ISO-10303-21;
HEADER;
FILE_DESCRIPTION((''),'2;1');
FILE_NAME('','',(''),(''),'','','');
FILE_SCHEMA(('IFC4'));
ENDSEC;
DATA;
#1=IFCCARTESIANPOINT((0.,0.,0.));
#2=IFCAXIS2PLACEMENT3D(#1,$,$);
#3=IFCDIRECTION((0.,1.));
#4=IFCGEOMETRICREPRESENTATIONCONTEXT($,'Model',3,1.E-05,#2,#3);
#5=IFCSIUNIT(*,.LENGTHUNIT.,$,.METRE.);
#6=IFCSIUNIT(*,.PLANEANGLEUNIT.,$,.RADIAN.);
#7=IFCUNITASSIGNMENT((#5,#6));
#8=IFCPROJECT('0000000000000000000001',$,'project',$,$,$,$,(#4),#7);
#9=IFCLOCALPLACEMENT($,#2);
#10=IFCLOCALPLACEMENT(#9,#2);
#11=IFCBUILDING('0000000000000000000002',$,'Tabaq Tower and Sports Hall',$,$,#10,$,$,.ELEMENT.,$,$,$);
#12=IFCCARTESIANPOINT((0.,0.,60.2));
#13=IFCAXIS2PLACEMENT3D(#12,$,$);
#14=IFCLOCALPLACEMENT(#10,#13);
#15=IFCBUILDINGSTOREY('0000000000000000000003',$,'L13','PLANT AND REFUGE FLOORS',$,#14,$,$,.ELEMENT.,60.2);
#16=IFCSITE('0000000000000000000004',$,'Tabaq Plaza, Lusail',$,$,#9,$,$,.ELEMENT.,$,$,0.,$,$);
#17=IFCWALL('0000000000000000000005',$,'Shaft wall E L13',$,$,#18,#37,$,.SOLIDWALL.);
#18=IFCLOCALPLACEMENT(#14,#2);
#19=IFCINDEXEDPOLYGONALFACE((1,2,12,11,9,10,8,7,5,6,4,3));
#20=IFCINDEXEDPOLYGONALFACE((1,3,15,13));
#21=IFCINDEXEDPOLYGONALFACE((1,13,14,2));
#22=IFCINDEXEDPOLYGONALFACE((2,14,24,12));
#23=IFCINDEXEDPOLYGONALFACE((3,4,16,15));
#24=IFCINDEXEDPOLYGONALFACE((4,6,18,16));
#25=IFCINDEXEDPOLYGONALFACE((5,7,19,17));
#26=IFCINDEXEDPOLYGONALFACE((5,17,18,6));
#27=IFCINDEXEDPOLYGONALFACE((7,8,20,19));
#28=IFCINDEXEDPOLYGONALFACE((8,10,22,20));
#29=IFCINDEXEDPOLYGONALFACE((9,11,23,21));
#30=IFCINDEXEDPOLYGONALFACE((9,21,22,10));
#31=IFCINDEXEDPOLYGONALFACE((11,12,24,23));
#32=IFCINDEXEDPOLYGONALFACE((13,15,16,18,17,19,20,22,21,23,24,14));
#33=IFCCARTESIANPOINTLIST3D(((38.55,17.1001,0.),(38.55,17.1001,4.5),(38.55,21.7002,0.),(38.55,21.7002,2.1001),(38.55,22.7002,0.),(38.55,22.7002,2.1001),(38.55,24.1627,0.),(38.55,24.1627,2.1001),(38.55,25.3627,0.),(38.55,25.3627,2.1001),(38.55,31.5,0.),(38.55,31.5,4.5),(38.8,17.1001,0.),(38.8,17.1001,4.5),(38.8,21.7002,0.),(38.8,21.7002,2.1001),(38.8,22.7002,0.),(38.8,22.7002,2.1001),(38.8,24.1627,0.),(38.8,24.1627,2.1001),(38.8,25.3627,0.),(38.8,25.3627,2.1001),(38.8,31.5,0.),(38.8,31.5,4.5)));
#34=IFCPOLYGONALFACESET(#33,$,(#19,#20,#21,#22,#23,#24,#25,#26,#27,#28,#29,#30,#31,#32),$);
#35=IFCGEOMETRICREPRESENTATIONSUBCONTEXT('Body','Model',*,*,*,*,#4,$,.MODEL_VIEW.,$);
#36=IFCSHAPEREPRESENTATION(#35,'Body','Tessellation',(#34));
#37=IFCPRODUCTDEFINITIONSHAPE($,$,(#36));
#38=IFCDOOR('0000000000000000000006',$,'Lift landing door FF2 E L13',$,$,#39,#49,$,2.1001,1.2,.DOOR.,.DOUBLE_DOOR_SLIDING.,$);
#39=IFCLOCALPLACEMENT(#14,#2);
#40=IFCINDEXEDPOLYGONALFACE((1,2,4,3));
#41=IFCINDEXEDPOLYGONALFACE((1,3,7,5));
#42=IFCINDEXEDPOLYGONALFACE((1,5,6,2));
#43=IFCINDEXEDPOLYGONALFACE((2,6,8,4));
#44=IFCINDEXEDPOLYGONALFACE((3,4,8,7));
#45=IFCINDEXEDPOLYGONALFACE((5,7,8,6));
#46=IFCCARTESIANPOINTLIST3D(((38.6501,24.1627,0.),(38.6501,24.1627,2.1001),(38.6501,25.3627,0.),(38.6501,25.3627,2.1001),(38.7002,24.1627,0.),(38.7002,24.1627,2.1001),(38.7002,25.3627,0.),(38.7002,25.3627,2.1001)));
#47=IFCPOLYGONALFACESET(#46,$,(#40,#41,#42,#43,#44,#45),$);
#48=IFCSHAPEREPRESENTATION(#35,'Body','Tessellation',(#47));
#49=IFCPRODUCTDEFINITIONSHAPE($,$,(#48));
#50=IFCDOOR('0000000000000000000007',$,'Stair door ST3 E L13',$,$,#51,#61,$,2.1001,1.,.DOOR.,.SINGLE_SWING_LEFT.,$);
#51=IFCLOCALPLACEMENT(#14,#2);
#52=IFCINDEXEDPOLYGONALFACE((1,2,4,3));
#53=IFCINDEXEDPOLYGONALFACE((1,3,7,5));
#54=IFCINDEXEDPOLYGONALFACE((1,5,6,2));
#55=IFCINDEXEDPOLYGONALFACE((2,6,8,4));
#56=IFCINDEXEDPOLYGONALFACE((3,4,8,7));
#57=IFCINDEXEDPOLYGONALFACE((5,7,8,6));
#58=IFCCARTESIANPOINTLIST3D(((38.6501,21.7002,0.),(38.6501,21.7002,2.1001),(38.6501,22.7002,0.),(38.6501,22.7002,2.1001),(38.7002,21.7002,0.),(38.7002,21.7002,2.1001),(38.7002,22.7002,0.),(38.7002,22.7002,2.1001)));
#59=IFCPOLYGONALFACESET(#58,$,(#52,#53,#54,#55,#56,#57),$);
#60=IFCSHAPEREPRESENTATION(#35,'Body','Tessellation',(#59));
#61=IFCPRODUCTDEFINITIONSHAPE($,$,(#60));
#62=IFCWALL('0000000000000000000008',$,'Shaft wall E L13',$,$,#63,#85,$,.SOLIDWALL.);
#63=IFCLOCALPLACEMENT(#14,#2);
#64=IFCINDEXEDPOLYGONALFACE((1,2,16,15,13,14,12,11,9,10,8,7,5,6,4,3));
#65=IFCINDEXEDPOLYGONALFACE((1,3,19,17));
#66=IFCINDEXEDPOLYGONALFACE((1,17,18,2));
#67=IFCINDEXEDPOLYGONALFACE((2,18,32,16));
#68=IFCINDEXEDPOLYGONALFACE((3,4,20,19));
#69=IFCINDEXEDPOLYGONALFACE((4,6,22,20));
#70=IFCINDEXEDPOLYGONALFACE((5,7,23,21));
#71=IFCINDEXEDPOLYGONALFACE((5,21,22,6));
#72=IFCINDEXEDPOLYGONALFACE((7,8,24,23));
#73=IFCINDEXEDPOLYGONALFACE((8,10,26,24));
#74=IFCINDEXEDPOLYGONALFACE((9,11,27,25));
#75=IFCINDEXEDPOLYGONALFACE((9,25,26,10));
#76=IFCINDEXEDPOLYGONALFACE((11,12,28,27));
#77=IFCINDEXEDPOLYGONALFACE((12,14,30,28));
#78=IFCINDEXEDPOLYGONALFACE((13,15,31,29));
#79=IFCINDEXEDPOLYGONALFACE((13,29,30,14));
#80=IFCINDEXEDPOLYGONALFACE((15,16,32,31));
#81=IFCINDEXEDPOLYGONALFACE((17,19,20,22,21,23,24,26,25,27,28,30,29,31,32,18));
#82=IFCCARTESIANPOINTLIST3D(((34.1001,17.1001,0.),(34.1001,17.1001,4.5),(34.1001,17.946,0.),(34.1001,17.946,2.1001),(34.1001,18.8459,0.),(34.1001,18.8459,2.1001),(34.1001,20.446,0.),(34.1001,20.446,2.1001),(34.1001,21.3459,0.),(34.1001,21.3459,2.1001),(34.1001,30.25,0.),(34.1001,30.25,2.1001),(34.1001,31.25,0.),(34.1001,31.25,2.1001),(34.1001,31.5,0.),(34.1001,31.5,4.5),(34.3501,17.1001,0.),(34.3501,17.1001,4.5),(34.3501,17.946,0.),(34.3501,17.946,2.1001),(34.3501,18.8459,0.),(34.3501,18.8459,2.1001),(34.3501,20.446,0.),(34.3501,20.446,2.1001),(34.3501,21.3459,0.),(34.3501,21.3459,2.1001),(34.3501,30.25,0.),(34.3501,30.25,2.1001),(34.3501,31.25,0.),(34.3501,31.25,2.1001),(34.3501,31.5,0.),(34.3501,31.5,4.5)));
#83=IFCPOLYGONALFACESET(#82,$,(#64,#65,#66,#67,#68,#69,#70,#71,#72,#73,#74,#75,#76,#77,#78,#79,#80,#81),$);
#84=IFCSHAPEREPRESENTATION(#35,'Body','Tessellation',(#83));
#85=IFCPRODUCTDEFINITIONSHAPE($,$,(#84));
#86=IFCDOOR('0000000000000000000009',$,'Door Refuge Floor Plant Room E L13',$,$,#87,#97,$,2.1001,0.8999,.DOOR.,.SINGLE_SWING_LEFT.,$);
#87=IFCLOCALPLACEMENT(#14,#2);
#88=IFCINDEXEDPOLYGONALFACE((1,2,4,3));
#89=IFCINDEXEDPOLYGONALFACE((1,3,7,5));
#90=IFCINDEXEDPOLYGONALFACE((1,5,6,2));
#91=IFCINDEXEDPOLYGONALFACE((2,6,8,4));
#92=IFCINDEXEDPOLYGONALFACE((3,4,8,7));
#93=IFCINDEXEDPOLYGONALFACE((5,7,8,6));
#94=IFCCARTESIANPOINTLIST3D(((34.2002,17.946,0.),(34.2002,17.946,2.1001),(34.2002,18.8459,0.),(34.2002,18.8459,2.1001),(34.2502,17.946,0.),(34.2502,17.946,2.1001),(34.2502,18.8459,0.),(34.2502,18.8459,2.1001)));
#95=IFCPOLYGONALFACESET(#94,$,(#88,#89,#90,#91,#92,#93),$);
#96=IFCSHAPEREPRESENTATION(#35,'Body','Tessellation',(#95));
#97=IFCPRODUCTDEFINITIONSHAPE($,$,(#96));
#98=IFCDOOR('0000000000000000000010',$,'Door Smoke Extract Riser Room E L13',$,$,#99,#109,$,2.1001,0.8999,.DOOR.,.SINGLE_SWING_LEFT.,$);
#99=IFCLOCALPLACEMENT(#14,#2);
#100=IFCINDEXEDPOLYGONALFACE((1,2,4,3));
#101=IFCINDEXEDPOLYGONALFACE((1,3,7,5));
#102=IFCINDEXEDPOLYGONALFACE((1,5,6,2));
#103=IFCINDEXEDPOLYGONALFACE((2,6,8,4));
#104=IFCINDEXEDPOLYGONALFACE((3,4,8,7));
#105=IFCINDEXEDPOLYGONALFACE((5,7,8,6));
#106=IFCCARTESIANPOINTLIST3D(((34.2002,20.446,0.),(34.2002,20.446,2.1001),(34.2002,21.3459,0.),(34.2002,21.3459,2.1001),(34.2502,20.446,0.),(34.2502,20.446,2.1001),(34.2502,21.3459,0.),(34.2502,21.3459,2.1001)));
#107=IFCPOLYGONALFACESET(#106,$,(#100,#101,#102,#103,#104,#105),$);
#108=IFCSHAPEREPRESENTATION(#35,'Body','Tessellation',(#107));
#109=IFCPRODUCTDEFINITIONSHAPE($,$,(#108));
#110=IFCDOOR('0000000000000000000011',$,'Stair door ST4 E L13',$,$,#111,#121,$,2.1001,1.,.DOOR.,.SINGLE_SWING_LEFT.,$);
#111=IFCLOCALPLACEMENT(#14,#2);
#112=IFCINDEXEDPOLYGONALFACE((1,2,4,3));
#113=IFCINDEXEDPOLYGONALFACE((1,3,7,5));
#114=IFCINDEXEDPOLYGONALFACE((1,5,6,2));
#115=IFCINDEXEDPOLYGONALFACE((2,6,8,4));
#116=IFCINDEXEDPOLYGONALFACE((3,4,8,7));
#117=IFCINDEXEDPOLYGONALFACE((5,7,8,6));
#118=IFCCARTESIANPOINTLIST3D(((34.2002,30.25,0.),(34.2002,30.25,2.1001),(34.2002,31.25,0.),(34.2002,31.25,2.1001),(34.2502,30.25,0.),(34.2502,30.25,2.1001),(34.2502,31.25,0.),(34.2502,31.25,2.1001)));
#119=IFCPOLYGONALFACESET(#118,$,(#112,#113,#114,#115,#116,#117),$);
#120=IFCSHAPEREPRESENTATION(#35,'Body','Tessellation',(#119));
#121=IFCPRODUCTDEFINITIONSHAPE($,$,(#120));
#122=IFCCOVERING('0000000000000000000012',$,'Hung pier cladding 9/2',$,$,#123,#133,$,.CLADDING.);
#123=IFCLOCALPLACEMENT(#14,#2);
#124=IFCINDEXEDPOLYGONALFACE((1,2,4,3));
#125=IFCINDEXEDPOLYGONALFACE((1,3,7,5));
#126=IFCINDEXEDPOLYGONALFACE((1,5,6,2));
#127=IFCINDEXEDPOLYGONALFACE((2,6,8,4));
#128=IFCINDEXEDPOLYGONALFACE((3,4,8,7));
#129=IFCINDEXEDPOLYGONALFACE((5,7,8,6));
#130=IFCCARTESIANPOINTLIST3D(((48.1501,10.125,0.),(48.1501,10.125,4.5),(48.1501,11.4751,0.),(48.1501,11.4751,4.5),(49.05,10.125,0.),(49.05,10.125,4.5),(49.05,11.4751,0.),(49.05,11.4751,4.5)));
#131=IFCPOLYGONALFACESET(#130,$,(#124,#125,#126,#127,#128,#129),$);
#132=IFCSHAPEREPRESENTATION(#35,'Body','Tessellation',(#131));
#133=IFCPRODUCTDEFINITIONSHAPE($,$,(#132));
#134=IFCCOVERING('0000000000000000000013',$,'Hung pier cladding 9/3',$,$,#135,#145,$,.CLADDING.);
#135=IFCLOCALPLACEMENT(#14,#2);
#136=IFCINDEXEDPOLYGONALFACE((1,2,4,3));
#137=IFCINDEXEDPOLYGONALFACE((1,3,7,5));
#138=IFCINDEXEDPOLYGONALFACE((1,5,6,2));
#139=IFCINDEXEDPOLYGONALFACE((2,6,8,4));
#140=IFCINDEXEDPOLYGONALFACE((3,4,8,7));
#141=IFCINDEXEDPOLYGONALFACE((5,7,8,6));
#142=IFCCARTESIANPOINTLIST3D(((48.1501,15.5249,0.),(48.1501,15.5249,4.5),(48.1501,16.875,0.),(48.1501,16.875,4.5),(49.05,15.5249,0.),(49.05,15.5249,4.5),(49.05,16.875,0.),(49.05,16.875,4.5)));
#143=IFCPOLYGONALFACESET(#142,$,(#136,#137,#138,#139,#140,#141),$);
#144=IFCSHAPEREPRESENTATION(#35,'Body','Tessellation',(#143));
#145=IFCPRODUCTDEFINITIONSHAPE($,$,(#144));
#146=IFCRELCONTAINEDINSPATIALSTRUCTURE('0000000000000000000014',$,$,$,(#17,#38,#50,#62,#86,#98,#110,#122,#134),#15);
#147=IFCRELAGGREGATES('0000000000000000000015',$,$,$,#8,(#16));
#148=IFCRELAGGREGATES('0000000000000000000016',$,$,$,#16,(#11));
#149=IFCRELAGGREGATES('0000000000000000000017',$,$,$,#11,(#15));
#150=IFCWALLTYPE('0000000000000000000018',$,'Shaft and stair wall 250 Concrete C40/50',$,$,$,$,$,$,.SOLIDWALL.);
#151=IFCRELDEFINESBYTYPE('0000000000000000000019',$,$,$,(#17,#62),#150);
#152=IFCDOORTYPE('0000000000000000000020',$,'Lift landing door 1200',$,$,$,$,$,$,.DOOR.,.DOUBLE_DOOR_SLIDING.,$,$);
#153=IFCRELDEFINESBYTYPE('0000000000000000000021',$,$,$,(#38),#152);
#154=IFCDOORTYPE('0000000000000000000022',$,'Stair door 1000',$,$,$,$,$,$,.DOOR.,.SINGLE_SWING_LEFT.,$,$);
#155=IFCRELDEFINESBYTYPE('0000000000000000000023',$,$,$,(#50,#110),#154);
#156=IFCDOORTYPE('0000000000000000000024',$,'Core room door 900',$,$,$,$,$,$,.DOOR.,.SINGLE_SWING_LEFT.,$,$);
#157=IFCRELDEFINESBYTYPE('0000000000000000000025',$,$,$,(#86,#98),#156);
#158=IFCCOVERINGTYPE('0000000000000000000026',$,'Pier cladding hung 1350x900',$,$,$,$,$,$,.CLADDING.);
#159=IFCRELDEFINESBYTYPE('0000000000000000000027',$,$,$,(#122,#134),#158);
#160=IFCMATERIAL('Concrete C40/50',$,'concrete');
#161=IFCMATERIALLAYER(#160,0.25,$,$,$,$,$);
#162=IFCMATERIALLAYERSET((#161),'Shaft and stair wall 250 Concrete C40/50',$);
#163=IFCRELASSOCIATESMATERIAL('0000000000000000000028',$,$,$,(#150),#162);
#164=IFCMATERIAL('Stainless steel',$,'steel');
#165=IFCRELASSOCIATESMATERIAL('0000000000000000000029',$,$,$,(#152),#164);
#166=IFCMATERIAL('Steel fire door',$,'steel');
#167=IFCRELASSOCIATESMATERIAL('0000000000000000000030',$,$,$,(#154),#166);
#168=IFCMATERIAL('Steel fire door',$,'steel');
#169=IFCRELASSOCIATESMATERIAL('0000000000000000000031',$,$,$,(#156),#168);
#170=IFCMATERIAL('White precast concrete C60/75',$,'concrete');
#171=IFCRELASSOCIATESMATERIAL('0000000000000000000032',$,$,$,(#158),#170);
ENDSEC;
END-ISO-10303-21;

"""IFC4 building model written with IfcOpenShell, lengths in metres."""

from ifc_helpers import new_model, si_unit, direction, frame, frame_2d, origin, place, context, subcontext, project, spatial, rectangle, extrude, material, layer, layer_set, type_object, element, fill, save


model = new_model("IFC4")

# Units and contexts
model_context = context("Model", 3, precision=1e-05, world=origin(), true_north=direction((0.0, 1.0)))
body_context = subcontext(model_context, "Body", "Model", "MODEL_VIEW")
ifc_project = project(units=[si_unit("LENGTHUNIT", "METRE"), si_unit("PLANEANGLEUNIT", "RADIAN")], contexts=[model_context])

# Site, building, storey
site_placement = place(None, origin())
site = spatial("IfcSite", under=ifc_project, at=site_placement, Name="Tabaq Plaza, Lusail", CompositionType="ELEMENT", RefElevation=0.0)
building_placement = place(site_placement, origin())
building = spatial("IfcBuilding", under=site, at=building_placement, Name="Tabaq Tower and Sports Hall", CompositionType="ELEMENT")
storey_placement = place(building_placement, frame((0.0, 0.0, 60.2)))
storey = spatial("IfcBuildingStorey", under=building, at=storey_placement, Name="L13", Description="PLANT AND REFUGE FLOORS", CompositionType="ELEMENT", Elevation=60.2)

# Walls, openings, doors
ifc_material_1 = material(Name="Concrete C40/50", Category="concrete")
ifc_layer_1 = layer(ifc_material_1, 0.25)
ifc_layer_set_1 = layer_set([ifc_layer_1], Name="Shaft and stair wall 250 Concrete C40/50")
wall_type_1 = type_object("IfcWallType", Name="Shaft and stair wall 250 Concrete C40/50", PredefinedType="SOLIDWALL", material=ifc_layer_set_1)
wall_1_placement = place(storey_placement, frame((38.675, 17.1001, 0.0), z_axis=(0.0, 0.0, 1.0), x_axis=(0.0, 1.0, 0.0)))
wall_1 = element("IfcWall", 1, at=wall_1_placement, inside=storey, type_object=wall_type_1, Name="Shaft wall E L13", PredefinedType="SOLIDWALL", context=body_context, shape_type="SweptSolid", body=[
    extrude(rectangle(XDim=14.3999, YDim=0.25, at=frame_2d((7.2, 0.0))), origin(), (0.0, 0.0, 1.0), 4.5),
])
opening_1_placement = place(wall_1_placement, frame((4.6001, 0.0, 0.0)))
opening_1 = element("IfcOpeningElement", 2, at=opening_1_placement, cuts=wall_1, PredefinedType="OPENING", context=body_context, shape_type="SweptSolid", body=[
    extrude(rectangle(XDim=1.0, YDim=2.1001, at=frame_2d((0.5, 1.05))), frame((0.0, 0.125, 0.0), z_axis=(0.0, -1.0, 0.0), x_axis=(1.0, 0.0, 0.0)), (0.0, 0.0, 1.0), 0.25),
])
opening_2_placement = place(wall_1_placement, frame((7.0625, 0.0, 0.0)))
opening_2 = element("IfcOpeningElement", 3, at=opening_2_placement, cuts=wall_1, PredefinedType="OPENING", context=body_context, shape_type="SweptSolid", body=[
    extrude(rectangle(XDim=1.2, YDim=2.1001, at=frame_2d((0.6001, 1.05))), frame((0.0, 0.125, 0.0), z_axis=(0.0, -1.0, 0.0), x_axis=(1.0, 0.0, 0.0)), (0.0, 0.0, 1.0), 0.25),
])
ifc_material_2 = material(Name="Stainless steel", Category="steel")
door_type_1 = type_object("IfcDoorType", Name="Lift landing door 1200", OperationType="DOUBLE_DOOR_SLIDING", PredefinedType="DOOR", material=ifc_material_2)
door_1_placement = place(opening_2_placement, origin())
door_1 = element("IfcDoor", 4, at=door_1_placement, inside=storey, type_object=door_type_1, Name="Lift landing door FF2 E L13", OperationType="DOUBLE_DOOR_SLIDING", OverallHeight=2.1001, OverallWidth=1.2, PredefinedType="DOOR", context=body_context, shape_type="SweptSolid", body=[
    extrude(rectangle(XDim=1.2, YDim=2.1001, at=frame_2d((0.6001, 1.05))), frame((0.0, 0.0249, 0.0), z_axis=(0.0, -1.0, 0.0), x_axis=(1.0, 0.0, 0.0)), (0.0, 0.0, 1.0), 0.05),
])
fill(opening_2, door_1)
ifc_material_3 = material(Name="Steel fire door", Category="steel")
door_type_2 = type_object("IfcDoorType", Name="Stair door 1000", OperationType="SINGLE_SWING_LEFT", PredefinedType="DOOR", material=ifc_material_3)
door_2_placement = place(opening_1_placement, origin())
door_2 = element("IfcDoor", 5, at=door_2_placement, inside=storey, type_object=door_type_2, Name="Stair door ST3 E L13", OperationType="SINGLE_SWING_LEFT", OverallHeight=2.1001, OverallWidth=1.0, PredefinedType="DOOR", context=body_context, shape_type="SweptSolid", body=[
    extrude(rectangle(XDim=1.0, YDim=2.1001, at=frame_2d((0.5, 1.05))), frame((0.0, 0.0249, 0.0), z_axis=(0.0, -1.0, 0.0), x_axis=(1.0, 0.0, 0.0)), (0.0, 0.0, 1.0), 0.05),
])
fill(opening_1, door_2)
wall_2_placement = place(storey_placement, frame((34.2251, 17.1001, 0.0), z_axis=(0.0, 0.0, 1.0), x_axis=(0.0, 1.0, 0.0)))
wall_2 = element("IfcWall", 6, at=wall_2_placement, inside=storey, type_object=wall_type_1, Name="Shaft wall E L13", PredefinedType="SOLIDWALL", context=body_context, shape_type="SweptSolid", body=[
    extrude(rectangle(XDim=14.3999, YDim=0.25, at=frame_2d((7.2, 0.0))), origin(), (0.0, 0.0, 1.0), 4.5),
])
opening_3_placement = place(wall_2_placement, frame((13.1499, 0.0, 0.0)))
opening_3 = element("IfcOpeningElement", 7, at=opening_3_placement, cuts=wall_2, PredefinedType="OPENING", context=body_context, shape_type="SweptSolid", body=[
    extrude(rectangle(XDim=1.0, YDim=2.1001, at=frame_2d((0.5, 1.05))), frame((0.0, 0.125, 0.0), z_axis=(0.0, -1.0, 0.0), x_axis=(1.0, 0.0, 0.0)), (0.0, 0.0, 1.0), 0.25),
])
opening_4_placement = place(wall_2_placement, frame((0.8459, 0.0, 0.0)))
opening_4 = element("IfcOpeningElement", 8, at=opening_4_placement, cuts=wall_2, PredefinedType="OPENING", context=body_context, shape_type="SweptSolid", body=[
    extrude(rectangle(XDim=0.8999, YDim=2.1001, at=frame_2d((0.45, 1.05))), frame((0.0, 0.125, 0.0), z_axis=(0.0, -1.0, 0.0), x_axis=(1.0, 0.0, 0.0)), (0.0, 0.0, 1.0), 0.25),
])
opening_5_placement = place(wall_2_placement, frame((3.3459, 0.0, 0.0)))
opening_5 = element("IfcOpeningElement", 9, at=opening_5_placement, cuts=wall_2, PredefinedType="OPENING", context=body_context, shape_type="SweptSolid", body=[
    extrude(rectangle(XDim=0.8999, YDim=2.1001, at=frame_2d((0.45, 1.05))), frame((0.0, 0.125, 0.0), z_axis=(0.0, -1.0, 0.0), x_axis=(1.0, 0.0, 0.0)), (0.0, 0.0, 1.0), 0.25),
])
ifc_material_4 = material(Name="Steel fire door", Category="steel")
door_type_3 = type_object("IfcDoorType", Name="Core room door 900", OperationType="SINGLE_SWING_LEFT", PredefinedType="DOOR", material=ifc_material_4)
door_3_placement = place(opening_4_placement, origin())
door_3 = element("IfcDoor", 10, at=door_3_placement, inside=storey, type_object=door_type_3, Name="Door Refuge Floor Plant Room E L13", OperationType="SINGLE_SWING_LEFT", OverallHeight=2.1001, OverallWidth=0.8999, PredefinedType="DOOR", context=body_context, shape_type="SweptSolid", body=[
    extrude(rectangle(XDim=0.8999, YDim=2.1001, at=frame_2d((0.45, 1.05))), frame((0.0, 0.0249, 0.0), z_axis=(0.0, -1.0, 0.0), x_axis=(1.0, 0.0, 0.0)), (0.0, 0.0, 1.0), 0.05),
])
fill(opening_4, door_3)
door_4_placement = place(opening_5_placement, origin())
door_4 = element("IfcDoor", 11, at=door_4_placement, inside=storey, type_object=door_type_3, Name="Door Smoke Extract Riser Room E L13", OperationType="SINGLE_SWING_LEFT", OverallHeight=2.1001, OverallWidth=0.8999, PredefinedType="DOOR", context=body_context, shape_type="SweptSolid", body=[
    extrude(rectangle(XDim=0.8999, YDim=2.1001, at=frame_2d((0.45, 1.05))), frame((0.0, 0.0249, 0.0), z_axis=(0.0, -1.0, 0.0), x_axis=(1.0, 0.0, 0.0)), (0.0, 0.0, 1.0), 0.05),
])
fill(opening_5, door_4)
door_5_placement = place(opening_3_placement, origin())
door_5 = element("IfcDoor", 12, at=door_5_placement, inside=storey, type_object=door_type_2, Name="Stair door ST4 E L13", OperationType="SINGLE_SWING_LEFT", OverallHeight=2.1001, OverallWidth=1.0, PredefinedType="DOOR", context=body_context, shape_type="SweptSolid", body=[
    extrude(rectangle(XDim=1.0, YDim=2.1001, at=frame_2d((0.5, 1.05))), frame((0.0, 0.0249, 0.0), z_axis=(0.0, -1.0, 0.0), x_axis=(1.0, 0.0, 0.0)), (0.0, 0.0, 1.0), 0.05),
])
fill(opening_3, door_5)

# Coverings
ifc_material_5 = material(Name="White precast concrete C60/75", Category="concrete")
covering_type = type_object("IfcCoveringType", Name="Pier cladding hung 1350x900", PredefinedType="CLADDING", material=ifc_material_5)
for number, where, z_axis, x_axis, name in (
    (13, (48.6001, 10.125, 0.0), (0.0, 0.0, 1.0), (0.0, 1.0, 0.0), "Hung pier cladding 9/2"),
    (14, (48.6001, 15.5249, 0.0), (0.0, 0.0, 1.0), (0.0, 1.0, 0.0), "Hung pier cladding 9/3"),
):
    element("IfcCovering", number, at=place(storey_placement, frame(where, z_axis=z_axis, x_axis=x_axis)), inside=storey, type_object=covering_type, Name=name, PredefinedType="CLADDING", context=body_context, shape_type="SweptSolid", body=[
        extrude(rectangle(XDim=1.3501, YDim=0.8999, at=frame_2d((0.675, 0.0))), origin(), (0.0, 0.0, 1.0), 4.5),
    ])

save(model, "model.ifc")
